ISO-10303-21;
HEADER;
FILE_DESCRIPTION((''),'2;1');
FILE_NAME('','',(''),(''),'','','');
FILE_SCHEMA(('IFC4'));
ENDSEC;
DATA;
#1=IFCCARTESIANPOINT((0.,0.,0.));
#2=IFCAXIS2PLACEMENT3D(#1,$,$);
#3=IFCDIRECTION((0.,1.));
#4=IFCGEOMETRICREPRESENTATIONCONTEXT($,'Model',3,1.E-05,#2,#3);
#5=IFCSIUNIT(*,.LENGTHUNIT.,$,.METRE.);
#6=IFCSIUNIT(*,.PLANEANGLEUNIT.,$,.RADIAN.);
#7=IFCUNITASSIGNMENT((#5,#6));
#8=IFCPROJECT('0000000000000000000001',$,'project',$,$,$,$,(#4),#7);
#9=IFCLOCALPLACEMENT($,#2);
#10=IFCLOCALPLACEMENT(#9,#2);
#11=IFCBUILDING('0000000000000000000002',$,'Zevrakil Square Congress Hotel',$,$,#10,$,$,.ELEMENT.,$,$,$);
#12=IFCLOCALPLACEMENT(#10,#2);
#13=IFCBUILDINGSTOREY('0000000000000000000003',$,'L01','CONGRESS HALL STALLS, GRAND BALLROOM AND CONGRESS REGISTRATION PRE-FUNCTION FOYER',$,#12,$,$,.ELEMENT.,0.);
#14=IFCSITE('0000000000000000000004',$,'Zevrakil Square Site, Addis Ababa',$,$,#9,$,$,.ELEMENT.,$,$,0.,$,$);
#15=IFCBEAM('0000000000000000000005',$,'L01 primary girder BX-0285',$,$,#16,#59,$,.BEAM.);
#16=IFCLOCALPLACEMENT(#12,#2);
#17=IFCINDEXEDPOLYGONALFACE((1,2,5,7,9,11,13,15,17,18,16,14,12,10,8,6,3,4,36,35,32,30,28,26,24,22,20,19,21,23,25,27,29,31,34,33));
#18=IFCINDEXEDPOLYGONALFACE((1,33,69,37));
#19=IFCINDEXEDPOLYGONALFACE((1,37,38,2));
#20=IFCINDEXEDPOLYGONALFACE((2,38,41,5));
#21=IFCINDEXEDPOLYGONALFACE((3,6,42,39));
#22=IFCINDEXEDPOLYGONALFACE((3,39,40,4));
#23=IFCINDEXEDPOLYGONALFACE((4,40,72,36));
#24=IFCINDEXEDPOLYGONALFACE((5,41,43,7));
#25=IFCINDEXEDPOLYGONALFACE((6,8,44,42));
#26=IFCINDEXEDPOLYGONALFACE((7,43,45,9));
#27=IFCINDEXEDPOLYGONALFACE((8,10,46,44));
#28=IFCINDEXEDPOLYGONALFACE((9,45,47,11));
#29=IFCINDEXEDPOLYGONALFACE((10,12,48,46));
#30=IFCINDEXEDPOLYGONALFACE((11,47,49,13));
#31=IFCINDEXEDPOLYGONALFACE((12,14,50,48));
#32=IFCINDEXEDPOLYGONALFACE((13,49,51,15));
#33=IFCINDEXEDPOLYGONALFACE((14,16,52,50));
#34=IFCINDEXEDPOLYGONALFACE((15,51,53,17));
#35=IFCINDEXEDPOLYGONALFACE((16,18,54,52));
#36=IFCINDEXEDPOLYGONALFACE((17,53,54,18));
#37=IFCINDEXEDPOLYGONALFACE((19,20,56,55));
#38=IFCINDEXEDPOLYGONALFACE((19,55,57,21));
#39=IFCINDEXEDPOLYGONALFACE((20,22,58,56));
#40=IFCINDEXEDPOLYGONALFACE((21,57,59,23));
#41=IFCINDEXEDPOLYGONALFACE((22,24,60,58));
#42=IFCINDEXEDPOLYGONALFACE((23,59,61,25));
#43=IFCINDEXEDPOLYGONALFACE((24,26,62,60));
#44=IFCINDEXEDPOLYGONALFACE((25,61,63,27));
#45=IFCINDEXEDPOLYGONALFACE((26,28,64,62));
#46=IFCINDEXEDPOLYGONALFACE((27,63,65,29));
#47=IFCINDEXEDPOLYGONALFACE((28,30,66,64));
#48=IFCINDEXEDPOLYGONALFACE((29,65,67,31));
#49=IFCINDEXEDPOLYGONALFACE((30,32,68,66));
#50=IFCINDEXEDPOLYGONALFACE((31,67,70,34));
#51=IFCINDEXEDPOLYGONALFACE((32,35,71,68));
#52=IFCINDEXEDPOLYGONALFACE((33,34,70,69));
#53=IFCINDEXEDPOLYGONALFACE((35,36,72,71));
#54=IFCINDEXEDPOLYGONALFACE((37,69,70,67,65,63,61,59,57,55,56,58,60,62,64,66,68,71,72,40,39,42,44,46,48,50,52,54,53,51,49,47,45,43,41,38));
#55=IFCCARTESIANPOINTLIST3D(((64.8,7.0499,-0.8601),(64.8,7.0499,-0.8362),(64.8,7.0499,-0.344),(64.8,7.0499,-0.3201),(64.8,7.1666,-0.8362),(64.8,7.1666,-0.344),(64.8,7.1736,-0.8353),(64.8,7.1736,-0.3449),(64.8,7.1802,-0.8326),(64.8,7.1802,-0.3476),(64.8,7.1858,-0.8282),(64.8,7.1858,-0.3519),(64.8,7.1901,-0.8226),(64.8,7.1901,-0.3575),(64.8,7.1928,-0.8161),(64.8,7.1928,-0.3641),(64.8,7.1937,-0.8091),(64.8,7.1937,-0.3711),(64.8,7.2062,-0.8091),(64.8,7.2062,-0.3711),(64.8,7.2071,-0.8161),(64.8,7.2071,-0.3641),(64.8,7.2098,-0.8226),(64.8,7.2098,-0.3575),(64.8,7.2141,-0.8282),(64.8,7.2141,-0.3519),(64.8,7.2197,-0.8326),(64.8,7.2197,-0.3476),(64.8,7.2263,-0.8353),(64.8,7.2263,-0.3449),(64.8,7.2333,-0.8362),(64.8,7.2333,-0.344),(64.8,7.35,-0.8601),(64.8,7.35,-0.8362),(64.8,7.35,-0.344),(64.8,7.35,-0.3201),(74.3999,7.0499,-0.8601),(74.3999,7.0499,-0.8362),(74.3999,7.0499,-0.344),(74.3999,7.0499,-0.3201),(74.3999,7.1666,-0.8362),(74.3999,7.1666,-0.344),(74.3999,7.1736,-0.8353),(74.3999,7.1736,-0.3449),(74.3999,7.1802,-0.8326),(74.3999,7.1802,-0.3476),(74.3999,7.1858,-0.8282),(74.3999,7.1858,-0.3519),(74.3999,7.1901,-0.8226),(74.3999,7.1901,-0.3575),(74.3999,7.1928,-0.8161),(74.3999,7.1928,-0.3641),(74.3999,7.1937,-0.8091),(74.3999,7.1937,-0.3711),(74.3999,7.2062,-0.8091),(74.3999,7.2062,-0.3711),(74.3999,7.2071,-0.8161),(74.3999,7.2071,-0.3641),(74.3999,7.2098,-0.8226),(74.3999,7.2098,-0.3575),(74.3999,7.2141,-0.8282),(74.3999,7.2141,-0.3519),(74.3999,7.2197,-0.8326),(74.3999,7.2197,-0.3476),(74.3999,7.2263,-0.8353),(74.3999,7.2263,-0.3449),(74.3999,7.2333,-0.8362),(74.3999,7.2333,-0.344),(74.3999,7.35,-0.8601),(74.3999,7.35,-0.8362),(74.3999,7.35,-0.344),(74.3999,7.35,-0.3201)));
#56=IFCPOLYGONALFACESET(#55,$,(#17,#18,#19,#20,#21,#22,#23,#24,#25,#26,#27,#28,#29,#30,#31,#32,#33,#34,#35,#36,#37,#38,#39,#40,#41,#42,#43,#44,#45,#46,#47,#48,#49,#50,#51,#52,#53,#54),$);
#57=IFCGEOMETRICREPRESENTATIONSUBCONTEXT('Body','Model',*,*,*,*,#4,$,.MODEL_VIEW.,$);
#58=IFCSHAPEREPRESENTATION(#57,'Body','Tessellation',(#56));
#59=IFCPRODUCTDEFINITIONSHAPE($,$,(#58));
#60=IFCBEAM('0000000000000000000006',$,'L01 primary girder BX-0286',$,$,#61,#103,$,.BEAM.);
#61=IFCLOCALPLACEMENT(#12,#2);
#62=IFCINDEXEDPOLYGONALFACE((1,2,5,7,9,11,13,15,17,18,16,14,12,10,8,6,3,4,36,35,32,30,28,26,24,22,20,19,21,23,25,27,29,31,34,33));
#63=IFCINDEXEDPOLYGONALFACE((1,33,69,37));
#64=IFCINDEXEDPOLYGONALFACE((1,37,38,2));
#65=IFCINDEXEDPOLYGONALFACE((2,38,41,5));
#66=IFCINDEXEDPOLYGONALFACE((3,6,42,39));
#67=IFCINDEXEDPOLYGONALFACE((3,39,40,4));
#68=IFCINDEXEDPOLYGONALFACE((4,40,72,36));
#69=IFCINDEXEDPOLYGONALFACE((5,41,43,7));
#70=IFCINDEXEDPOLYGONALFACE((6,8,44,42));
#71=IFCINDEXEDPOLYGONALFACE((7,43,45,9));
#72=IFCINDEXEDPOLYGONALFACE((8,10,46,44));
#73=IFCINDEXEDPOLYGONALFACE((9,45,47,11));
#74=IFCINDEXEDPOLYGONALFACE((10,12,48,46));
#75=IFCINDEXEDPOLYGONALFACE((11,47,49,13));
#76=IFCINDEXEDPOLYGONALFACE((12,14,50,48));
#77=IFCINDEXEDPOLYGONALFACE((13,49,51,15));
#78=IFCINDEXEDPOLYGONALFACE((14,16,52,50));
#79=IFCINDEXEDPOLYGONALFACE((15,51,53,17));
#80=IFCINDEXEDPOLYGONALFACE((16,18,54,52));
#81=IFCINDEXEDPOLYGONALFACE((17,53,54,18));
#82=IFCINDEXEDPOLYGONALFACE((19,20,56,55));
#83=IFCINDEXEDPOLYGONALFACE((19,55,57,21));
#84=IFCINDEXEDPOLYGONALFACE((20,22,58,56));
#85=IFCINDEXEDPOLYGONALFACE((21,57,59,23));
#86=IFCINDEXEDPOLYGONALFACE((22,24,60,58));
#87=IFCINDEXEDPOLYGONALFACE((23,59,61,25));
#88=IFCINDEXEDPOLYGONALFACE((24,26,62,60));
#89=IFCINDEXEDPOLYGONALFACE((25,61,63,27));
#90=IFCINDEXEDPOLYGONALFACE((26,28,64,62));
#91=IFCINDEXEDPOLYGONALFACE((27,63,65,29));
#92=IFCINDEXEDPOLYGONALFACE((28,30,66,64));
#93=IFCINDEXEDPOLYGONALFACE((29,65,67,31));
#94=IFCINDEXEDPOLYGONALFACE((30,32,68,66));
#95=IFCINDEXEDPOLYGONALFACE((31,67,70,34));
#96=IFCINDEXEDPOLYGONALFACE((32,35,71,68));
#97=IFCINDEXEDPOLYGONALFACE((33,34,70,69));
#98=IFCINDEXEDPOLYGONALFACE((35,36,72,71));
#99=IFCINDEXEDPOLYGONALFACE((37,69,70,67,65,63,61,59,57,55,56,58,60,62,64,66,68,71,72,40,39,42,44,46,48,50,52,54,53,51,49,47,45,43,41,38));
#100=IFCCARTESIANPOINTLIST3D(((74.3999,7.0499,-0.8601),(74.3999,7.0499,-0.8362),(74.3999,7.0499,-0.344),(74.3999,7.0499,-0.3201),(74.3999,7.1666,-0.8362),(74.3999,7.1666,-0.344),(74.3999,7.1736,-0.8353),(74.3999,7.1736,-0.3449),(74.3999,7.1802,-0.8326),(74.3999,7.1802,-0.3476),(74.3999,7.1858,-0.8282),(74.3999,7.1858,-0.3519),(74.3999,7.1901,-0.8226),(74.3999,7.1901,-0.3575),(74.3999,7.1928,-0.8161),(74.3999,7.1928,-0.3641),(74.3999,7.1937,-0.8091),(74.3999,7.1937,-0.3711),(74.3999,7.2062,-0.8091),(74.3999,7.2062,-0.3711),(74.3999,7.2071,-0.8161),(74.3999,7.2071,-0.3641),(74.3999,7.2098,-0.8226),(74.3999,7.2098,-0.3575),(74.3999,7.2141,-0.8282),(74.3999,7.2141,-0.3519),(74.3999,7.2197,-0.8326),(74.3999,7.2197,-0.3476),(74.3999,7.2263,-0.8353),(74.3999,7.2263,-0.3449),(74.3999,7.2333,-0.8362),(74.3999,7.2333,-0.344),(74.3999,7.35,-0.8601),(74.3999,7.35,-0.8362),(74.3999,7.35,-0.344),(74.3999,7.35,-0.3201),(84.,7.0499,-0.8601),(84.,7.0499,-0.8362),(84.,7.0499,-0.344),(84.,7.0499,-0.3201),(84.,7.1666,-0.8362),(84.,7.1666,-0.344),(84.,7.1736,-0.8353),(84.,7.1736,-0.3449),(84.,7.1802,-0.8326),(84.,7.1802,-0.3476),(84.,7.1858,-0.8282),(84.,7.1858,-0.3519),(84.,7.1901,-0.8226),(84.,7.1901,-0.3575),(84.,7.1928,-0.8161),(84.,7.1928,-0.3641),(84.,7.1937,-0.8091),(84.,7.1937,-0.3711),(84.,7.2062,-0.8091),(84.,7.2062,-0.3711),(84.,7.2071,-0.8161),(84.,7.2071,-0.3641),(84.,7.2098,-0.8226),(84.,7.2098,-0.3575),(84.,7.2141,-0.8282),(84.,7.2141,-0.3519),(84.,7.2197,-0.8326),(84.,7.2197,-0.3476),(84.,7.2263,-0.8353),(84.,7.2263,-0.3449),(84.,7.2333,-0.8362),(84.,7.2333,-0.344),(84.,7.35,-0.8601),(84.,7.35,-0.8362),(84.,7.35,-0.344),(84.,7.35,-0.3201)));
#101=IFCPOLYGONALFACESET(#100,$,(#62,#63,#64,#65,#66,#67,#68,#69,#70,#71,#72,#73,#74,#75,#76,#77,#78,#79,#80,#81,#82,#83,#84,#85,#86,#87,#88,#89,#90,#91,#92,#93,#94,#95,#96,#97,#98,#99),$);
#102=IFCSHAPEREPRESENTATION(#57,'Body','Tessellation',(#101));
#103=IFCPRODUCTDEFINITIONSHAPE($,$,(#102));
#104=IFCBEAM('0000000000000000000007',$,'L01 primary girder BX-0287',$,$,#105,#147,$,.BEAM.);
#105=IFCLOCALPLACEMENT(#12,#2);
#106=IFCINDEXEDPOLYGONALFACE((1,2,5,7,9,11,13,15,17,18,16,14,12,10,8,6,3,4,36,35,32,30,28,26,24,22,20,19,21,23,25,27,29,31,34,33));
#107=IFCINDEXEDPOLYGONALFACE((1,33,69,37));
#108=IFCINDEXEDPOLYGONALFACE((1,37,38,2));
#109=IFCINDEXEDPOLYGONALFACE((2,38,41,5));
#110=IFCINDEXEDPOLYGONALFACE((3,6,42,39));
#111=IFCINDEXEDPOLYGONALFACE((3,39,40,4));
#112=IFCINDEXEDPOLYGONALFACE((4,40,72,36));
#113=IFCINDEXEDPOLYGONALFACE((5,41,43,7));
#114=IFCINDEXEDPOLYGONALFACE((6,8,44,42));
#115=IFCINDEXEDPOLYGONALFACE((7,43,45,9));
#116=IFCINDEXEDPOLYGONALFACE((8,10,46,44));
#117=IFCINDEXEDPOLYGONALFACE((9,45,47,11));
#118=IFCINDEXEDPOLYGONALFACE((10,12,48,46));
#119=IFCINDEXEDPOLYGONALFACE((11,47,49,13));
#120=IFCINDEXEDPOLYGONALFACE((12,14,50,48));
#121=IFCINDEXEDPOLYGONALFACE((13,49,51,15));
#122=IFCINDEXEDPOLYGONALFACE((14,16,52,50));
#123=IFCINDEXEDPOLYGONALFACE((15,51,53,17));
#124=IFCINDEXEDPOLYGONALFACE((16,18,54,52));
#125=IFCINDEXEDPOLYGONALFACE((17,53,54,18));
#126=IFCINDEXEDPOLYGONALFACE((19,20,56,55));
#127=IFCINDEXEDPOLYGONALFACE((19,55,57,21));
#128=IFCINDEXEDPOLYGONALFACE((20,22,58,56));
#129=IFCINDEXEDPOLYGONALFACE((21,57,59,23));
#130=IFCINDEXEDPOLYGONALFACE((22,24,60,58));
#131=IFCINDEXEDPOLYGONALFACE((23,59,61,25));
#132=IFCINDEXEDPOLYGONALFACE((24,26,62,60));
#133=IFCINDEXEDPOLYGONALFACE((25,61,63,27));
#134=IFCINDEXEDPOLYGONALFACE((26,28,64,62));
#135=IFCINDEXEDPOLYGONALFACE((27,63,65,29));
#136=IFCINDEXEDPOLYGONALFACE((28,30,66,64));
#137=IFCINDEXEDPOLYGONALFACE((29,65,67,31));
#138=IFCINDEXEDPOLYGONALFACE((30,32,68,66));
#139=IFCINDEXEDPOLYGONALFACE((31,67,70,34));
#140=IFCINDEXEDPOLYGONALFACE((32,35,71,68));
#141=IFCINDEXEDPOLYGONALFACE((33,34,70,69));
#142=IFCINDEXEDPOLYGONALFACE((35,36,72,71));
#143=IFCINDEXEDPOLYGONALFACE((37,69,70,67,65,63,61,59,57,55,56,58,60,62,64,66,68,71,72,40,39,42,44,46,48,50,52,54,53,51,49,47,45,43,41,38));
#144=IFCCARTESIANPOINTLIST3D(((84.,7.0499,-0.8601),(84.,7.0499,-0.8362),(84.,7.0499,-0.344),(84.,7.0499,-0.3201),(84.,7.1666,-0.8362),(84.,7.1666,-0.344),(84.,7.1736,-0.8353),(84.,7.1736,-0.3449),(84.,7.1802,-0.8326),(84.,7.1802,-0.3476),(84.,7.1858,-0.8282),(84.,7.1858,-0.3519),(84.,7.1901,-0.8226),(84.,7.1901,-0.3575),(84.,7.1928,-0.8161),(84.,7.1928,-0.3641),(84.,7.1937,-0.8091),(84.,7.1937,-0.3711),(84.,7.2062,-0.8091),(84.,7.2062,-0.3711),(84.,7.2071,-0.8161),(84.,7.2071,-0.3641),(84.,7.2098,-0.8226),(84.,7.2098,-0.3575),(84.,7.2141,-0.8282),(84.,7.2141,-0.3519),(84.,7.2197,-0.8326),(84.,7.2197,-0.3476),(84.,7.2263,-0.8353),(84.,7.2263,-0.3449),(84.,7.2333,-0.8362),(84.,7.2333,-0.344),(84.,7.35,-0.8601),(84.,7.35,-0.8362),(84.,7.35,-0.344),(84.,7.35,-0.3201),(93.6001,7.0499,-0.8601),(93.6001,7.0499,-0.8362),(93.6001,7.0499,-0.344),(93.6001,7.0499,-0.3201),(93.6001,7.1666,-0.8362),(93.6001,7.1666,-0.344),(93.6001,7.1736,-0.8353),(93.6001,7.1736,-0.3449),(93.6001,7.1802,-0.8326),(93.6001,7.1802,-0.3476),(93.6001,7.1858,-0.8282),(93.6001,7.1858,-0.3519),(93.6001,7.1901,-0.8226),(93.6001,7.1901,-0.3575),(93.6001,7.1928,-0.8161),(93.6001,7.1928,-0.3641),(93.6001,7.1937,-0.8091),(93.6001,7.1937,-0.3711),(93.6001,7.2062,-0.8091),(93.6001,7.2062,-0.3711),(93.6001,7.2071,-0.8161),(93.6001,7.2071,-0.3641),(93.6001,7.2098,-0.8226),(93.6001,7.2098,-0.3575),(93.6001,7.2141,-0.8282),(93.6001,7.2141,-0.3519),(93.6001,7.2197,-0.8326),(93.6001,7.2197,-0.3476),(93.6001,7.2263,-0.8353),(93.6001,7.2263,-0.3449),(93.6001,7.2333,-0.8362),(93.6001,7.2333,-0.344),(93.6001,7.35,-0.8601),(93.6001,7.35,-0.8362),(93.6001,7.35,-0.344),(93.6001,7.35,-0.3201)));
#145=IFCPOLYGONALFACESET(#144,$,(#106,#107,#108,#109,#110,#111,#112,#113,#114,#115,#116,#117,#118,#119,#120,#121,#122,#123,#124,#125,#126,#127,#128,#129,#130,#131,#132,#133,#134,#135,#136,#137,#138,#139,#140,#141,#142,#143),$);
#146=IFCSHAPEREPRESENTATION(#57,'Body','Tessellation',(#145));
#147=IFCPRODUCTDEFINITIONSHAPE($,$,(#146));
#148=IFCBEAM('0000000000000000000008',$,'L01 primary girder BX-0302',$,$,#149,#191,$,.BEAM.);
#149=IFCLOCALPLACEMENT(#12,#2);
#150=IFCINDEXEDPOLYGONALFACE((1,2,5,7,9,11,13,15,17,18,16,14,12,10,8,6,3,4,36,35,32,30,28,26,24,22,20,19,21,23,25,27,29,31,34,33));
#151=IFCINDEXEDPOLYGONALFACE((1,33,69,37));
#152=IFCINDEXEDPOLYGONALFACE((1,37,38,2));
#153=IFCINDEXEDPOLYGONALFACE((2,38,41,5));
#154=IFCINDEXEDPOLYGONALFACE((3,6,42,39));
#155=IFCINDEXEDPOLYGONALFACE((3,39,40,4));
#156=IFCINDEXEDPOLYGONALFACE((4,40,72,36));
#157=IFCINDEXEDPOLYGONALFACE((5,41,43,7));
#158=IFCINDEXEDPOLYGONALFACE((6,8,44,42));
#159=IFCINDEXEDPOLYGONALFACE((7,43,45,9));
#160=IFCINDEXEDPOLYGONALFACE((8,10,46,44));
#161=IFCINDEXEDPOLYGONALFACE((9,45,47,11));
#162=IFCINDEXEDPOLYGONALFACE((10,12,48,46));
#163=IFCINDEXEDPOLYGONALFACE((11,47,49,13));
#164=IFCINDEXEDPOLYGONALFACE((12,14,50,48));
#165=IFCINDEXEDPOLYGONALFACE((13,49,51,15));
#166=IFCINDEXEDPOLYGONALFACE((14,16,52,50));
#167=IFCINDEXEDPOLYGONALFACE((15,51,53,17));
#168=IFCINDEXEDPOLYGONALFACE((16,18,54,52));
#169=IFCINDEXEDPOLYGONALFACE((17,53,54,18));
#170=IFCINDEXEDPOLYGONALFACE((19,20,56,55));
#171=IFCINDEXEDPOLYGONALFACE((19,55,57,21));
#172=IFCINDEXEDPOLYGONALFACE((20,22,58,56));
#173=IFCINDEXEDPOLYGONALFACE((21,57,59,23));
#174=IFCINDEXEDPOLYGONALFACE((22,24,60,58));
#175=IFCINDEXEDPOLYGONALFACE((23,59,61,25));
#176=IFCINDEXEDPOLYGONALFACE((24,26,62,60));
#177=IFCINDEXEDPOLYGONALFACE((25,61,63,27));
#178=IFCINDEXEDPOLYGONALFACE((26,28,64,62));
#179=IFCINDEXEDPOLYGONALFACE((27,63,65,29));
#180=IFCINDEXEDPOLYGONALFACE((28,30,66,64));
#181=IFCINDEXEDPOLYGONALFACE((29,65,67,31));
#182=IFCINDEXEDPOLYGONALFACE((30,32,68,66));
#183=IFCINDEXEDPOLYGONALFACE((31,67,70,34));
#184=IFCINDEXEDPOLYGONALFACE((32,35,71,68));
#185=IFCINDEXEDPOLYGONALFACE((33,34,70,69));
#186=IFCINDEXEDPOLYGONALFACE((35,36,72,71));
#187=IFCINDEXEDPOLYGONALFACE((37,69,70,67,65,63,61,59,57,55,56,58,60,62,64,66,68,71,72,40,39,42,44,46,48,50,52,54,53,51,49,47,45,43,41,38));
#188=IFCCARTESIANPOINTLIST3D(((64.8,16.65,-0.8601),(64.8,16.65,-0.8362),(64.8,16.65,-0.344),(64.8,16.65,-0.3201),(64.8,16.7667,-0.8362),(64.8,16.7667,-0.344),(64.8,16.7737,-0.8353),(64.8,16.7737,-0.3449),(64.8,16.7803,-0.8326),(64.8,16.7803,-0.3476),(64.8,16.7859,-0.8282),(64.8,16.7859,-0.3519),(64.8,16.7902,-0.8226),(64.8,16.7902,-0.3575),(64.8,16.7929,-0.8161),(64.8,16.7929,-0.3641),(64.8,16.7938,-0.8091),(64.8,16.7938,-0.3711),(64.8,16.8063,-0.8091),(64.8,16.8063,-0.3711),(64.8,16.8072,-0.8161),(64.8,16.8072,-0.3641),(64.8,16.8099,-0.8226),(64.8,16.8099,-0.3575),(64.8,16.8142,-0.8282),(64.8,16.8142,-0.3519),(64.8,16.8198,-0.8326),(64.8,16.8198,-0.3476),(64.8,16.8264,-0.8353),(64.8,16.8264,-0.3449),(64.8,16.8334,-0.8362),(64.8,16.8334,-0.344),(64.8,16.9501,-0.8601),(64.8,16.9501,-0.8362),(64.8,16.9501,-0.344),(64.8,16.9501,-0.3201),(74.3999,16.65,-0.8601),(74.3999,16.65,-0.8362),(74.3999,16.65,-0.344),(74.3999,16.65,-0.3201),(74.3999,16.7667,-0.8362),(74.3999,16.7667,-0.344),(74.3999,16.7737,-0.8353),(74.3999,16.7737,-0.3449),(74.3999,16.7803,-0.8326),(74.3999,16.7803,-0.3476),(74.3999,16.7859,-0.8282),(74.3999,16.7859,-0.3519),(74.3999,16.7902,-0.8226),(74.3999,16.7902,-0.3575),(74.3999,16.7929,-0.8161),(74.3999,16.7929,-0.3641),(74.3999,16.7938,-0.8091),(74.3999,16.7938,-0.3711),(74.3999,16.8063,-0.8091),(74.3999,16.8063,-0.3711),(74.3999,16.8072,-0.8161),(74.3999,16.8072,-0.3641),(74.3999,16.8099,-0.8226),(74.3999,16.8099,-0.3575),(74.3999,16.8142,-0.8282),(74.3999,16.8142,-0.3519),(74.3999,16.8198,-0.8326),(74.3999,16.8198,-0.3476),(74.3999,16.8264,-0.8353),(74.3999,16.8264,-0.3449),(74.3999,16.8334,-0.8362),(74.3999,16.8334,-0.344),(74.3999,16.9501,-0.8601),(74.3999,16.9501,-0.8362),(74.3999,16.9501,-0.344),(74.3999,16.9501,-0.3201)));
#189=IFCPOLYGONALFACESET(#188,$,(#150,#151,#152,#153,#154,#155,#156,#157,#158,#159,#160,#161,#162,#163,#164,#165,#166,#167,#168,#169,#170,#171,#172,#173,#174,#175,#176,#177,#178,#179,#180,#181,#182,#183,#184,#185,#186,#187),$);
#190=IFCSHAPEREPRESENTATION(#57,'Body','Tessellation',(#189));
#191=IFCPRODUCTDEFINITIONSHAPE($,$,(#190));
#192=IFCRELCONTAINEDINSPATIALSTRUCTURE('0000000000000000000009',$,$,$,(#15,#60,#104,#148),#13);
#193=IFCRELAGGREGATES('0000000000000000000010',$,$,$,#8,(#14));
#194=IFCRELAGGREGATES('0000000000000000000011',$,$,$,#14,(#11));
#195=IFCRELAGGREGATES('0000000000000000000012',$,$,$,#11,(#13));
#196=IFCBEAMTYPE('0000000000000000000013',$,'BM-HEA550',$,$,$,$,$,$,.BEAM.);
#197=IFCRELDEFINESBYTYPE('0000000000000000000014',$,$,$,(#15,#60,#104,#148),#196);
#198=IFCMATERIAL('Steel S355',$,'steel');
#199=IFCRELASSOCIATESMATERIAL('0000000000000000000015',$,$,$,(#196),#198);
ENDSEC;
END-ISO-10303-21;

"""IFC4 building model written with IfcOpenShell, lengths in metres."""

from ifc_helpers import new_model, si_unit, direction, frame, origin, origin_2d, place, context, subcontext, project, spatial, i_section, extrude, material, material_profile, profile_set, type_object, element, save


model = new_model("IFC4")

# Units and contexts
model_context = context("Model", 3, precision=1e-05, world=origin(), true_north=direction((0.0, 1.0)))
body_context = subcontext(model_context, "Body", "Model", "MODEL_VIEW")
ifc_project = project(units=[si_unit("LENGTHUNIT", "METRE"), si_unit("PLANEANGLEUNIT", "RADIAN")], contexts=[model_context])

# Site, building, storey
site_placement = place(None, origin())
site = spatial("IfcSite", under=ifc_project, at=site_placement, Name="Zevrakil Square Site, Addis Ababa", CompositionType="ELEMENT", RefElevation=0.0)
building_placement = place(site_placement, origin())
building = spatial("IfcBuilding", under=site, at=building_placement, Name="Zevrakil Square Congress Hotel", CompositionType="ELEMENT")
storey_placement = place(building_placement, origin())
storey = spatial("IfcBuildingStorey", under=building, at=storey_placement, Name="L01", Description="CONGRESS HALL STALLS, GRAND BALLROOM AND CONGRESS REGISTRATION PRE-FUNCTION FOYER", CompositionType="ELEMENT", Elevation=0.0)

# Beams
ifc_material_1 = material(Name="Steel S355", Category="steel")
ifc_material_profile_1 = material_profile(ifc_material_1, i_section(OverallWidth=0.3, OverallDepth=0.54, WebThickness=0.0125, FlangeThickness=0.0239, FilletRadius=0.0271, at=origin_2d()), Name="HEA 550")
ifc_profile_set_1 = profile_set([ifc_material_profile_1], Name="Steel S355")
beam_type_1 = type_object("IfcBeamType", Name="BM-HEA550", PredefinedType="BEAM", material=ifc_profile_set_1)
beam_1_placement = place(storey_placement, frame((64.8, 7.2, -0.5901), z_axis=(1.0, 0.0, 0.0), x_axis=(0.0, 1.0, 0.0)))
element("IfcBeam", 1, at=beam_1_placement, inside=storey, type_object=beam_type_1, Name="L01 primary girder BX-0285", PredefinedType="BEAM", context=body_context, shape_type="SweptSolid", body=[
    extrude(i_section(OverallWidth=0.3, OverallDepth=0.54, WebThickness=0.0125, FlangeThickness=0.0239, FilletRadius=0.0271, at=origin_2d()), origin(), (0.0, 0.0, 1.0), 9.5999),
])
for number, where, z_axis, x_axis, name in (
    (2, (74.3999, 7.2, -0.5901), (1.0, 0.0, 0.0), (0.0, 1.0, 0.0), "L01 primary girder BX-0286"),
    (3, (84.0, 7.2, -0.5901), (1.0, 0.0, 0.0), (0.0, 1.0, 0.0), "L01 primary girder BX-0287"),
):
    element("IfcBeam", number, at=place(storey_placement, frame(where, z_axis=z_axis, x_axis=x_axis)), inside=storey, type_object=beam_type_1, Name=name, PredefinedType="BEAM", context=body_context, shape_type="SweptSolid", body=[
        extrude(i_section(OverallWidth=0.3, OverallDepth=0.54, WebThickness=0.0125, FlangeThickness=0.0239, FilletRadius=0.0271, at=origin_2d()), origin(), (0.0, 0.0, 1.0), 9.6001),
    ])
beam_2_placement = place(storey_placement, frame((64.8, 16.8, -0.5901), z_axis=(1.0, 0.0, 0.0), x_axis=(0.0, 1.0, 0.0)))
element("IfcBeam", 4, at=beam_2_placement, inside=storey, type_object=beam_type_1, Name="L01 primary girder BX-0302", PredefinedType="BEAM", context=body_context, shape_type="SweptSolid", body=[
    extrude(i_section(OverallWidth=0.3, OverallDepth=0.54, WebThickness=0.0125, FlangeThickness=0.0239, FilletRadius=0.0271, at=origin_2d()), origin(), (0.0, 0.0, 1.0), 9.5999),
])

save(model, "model.ifc")
